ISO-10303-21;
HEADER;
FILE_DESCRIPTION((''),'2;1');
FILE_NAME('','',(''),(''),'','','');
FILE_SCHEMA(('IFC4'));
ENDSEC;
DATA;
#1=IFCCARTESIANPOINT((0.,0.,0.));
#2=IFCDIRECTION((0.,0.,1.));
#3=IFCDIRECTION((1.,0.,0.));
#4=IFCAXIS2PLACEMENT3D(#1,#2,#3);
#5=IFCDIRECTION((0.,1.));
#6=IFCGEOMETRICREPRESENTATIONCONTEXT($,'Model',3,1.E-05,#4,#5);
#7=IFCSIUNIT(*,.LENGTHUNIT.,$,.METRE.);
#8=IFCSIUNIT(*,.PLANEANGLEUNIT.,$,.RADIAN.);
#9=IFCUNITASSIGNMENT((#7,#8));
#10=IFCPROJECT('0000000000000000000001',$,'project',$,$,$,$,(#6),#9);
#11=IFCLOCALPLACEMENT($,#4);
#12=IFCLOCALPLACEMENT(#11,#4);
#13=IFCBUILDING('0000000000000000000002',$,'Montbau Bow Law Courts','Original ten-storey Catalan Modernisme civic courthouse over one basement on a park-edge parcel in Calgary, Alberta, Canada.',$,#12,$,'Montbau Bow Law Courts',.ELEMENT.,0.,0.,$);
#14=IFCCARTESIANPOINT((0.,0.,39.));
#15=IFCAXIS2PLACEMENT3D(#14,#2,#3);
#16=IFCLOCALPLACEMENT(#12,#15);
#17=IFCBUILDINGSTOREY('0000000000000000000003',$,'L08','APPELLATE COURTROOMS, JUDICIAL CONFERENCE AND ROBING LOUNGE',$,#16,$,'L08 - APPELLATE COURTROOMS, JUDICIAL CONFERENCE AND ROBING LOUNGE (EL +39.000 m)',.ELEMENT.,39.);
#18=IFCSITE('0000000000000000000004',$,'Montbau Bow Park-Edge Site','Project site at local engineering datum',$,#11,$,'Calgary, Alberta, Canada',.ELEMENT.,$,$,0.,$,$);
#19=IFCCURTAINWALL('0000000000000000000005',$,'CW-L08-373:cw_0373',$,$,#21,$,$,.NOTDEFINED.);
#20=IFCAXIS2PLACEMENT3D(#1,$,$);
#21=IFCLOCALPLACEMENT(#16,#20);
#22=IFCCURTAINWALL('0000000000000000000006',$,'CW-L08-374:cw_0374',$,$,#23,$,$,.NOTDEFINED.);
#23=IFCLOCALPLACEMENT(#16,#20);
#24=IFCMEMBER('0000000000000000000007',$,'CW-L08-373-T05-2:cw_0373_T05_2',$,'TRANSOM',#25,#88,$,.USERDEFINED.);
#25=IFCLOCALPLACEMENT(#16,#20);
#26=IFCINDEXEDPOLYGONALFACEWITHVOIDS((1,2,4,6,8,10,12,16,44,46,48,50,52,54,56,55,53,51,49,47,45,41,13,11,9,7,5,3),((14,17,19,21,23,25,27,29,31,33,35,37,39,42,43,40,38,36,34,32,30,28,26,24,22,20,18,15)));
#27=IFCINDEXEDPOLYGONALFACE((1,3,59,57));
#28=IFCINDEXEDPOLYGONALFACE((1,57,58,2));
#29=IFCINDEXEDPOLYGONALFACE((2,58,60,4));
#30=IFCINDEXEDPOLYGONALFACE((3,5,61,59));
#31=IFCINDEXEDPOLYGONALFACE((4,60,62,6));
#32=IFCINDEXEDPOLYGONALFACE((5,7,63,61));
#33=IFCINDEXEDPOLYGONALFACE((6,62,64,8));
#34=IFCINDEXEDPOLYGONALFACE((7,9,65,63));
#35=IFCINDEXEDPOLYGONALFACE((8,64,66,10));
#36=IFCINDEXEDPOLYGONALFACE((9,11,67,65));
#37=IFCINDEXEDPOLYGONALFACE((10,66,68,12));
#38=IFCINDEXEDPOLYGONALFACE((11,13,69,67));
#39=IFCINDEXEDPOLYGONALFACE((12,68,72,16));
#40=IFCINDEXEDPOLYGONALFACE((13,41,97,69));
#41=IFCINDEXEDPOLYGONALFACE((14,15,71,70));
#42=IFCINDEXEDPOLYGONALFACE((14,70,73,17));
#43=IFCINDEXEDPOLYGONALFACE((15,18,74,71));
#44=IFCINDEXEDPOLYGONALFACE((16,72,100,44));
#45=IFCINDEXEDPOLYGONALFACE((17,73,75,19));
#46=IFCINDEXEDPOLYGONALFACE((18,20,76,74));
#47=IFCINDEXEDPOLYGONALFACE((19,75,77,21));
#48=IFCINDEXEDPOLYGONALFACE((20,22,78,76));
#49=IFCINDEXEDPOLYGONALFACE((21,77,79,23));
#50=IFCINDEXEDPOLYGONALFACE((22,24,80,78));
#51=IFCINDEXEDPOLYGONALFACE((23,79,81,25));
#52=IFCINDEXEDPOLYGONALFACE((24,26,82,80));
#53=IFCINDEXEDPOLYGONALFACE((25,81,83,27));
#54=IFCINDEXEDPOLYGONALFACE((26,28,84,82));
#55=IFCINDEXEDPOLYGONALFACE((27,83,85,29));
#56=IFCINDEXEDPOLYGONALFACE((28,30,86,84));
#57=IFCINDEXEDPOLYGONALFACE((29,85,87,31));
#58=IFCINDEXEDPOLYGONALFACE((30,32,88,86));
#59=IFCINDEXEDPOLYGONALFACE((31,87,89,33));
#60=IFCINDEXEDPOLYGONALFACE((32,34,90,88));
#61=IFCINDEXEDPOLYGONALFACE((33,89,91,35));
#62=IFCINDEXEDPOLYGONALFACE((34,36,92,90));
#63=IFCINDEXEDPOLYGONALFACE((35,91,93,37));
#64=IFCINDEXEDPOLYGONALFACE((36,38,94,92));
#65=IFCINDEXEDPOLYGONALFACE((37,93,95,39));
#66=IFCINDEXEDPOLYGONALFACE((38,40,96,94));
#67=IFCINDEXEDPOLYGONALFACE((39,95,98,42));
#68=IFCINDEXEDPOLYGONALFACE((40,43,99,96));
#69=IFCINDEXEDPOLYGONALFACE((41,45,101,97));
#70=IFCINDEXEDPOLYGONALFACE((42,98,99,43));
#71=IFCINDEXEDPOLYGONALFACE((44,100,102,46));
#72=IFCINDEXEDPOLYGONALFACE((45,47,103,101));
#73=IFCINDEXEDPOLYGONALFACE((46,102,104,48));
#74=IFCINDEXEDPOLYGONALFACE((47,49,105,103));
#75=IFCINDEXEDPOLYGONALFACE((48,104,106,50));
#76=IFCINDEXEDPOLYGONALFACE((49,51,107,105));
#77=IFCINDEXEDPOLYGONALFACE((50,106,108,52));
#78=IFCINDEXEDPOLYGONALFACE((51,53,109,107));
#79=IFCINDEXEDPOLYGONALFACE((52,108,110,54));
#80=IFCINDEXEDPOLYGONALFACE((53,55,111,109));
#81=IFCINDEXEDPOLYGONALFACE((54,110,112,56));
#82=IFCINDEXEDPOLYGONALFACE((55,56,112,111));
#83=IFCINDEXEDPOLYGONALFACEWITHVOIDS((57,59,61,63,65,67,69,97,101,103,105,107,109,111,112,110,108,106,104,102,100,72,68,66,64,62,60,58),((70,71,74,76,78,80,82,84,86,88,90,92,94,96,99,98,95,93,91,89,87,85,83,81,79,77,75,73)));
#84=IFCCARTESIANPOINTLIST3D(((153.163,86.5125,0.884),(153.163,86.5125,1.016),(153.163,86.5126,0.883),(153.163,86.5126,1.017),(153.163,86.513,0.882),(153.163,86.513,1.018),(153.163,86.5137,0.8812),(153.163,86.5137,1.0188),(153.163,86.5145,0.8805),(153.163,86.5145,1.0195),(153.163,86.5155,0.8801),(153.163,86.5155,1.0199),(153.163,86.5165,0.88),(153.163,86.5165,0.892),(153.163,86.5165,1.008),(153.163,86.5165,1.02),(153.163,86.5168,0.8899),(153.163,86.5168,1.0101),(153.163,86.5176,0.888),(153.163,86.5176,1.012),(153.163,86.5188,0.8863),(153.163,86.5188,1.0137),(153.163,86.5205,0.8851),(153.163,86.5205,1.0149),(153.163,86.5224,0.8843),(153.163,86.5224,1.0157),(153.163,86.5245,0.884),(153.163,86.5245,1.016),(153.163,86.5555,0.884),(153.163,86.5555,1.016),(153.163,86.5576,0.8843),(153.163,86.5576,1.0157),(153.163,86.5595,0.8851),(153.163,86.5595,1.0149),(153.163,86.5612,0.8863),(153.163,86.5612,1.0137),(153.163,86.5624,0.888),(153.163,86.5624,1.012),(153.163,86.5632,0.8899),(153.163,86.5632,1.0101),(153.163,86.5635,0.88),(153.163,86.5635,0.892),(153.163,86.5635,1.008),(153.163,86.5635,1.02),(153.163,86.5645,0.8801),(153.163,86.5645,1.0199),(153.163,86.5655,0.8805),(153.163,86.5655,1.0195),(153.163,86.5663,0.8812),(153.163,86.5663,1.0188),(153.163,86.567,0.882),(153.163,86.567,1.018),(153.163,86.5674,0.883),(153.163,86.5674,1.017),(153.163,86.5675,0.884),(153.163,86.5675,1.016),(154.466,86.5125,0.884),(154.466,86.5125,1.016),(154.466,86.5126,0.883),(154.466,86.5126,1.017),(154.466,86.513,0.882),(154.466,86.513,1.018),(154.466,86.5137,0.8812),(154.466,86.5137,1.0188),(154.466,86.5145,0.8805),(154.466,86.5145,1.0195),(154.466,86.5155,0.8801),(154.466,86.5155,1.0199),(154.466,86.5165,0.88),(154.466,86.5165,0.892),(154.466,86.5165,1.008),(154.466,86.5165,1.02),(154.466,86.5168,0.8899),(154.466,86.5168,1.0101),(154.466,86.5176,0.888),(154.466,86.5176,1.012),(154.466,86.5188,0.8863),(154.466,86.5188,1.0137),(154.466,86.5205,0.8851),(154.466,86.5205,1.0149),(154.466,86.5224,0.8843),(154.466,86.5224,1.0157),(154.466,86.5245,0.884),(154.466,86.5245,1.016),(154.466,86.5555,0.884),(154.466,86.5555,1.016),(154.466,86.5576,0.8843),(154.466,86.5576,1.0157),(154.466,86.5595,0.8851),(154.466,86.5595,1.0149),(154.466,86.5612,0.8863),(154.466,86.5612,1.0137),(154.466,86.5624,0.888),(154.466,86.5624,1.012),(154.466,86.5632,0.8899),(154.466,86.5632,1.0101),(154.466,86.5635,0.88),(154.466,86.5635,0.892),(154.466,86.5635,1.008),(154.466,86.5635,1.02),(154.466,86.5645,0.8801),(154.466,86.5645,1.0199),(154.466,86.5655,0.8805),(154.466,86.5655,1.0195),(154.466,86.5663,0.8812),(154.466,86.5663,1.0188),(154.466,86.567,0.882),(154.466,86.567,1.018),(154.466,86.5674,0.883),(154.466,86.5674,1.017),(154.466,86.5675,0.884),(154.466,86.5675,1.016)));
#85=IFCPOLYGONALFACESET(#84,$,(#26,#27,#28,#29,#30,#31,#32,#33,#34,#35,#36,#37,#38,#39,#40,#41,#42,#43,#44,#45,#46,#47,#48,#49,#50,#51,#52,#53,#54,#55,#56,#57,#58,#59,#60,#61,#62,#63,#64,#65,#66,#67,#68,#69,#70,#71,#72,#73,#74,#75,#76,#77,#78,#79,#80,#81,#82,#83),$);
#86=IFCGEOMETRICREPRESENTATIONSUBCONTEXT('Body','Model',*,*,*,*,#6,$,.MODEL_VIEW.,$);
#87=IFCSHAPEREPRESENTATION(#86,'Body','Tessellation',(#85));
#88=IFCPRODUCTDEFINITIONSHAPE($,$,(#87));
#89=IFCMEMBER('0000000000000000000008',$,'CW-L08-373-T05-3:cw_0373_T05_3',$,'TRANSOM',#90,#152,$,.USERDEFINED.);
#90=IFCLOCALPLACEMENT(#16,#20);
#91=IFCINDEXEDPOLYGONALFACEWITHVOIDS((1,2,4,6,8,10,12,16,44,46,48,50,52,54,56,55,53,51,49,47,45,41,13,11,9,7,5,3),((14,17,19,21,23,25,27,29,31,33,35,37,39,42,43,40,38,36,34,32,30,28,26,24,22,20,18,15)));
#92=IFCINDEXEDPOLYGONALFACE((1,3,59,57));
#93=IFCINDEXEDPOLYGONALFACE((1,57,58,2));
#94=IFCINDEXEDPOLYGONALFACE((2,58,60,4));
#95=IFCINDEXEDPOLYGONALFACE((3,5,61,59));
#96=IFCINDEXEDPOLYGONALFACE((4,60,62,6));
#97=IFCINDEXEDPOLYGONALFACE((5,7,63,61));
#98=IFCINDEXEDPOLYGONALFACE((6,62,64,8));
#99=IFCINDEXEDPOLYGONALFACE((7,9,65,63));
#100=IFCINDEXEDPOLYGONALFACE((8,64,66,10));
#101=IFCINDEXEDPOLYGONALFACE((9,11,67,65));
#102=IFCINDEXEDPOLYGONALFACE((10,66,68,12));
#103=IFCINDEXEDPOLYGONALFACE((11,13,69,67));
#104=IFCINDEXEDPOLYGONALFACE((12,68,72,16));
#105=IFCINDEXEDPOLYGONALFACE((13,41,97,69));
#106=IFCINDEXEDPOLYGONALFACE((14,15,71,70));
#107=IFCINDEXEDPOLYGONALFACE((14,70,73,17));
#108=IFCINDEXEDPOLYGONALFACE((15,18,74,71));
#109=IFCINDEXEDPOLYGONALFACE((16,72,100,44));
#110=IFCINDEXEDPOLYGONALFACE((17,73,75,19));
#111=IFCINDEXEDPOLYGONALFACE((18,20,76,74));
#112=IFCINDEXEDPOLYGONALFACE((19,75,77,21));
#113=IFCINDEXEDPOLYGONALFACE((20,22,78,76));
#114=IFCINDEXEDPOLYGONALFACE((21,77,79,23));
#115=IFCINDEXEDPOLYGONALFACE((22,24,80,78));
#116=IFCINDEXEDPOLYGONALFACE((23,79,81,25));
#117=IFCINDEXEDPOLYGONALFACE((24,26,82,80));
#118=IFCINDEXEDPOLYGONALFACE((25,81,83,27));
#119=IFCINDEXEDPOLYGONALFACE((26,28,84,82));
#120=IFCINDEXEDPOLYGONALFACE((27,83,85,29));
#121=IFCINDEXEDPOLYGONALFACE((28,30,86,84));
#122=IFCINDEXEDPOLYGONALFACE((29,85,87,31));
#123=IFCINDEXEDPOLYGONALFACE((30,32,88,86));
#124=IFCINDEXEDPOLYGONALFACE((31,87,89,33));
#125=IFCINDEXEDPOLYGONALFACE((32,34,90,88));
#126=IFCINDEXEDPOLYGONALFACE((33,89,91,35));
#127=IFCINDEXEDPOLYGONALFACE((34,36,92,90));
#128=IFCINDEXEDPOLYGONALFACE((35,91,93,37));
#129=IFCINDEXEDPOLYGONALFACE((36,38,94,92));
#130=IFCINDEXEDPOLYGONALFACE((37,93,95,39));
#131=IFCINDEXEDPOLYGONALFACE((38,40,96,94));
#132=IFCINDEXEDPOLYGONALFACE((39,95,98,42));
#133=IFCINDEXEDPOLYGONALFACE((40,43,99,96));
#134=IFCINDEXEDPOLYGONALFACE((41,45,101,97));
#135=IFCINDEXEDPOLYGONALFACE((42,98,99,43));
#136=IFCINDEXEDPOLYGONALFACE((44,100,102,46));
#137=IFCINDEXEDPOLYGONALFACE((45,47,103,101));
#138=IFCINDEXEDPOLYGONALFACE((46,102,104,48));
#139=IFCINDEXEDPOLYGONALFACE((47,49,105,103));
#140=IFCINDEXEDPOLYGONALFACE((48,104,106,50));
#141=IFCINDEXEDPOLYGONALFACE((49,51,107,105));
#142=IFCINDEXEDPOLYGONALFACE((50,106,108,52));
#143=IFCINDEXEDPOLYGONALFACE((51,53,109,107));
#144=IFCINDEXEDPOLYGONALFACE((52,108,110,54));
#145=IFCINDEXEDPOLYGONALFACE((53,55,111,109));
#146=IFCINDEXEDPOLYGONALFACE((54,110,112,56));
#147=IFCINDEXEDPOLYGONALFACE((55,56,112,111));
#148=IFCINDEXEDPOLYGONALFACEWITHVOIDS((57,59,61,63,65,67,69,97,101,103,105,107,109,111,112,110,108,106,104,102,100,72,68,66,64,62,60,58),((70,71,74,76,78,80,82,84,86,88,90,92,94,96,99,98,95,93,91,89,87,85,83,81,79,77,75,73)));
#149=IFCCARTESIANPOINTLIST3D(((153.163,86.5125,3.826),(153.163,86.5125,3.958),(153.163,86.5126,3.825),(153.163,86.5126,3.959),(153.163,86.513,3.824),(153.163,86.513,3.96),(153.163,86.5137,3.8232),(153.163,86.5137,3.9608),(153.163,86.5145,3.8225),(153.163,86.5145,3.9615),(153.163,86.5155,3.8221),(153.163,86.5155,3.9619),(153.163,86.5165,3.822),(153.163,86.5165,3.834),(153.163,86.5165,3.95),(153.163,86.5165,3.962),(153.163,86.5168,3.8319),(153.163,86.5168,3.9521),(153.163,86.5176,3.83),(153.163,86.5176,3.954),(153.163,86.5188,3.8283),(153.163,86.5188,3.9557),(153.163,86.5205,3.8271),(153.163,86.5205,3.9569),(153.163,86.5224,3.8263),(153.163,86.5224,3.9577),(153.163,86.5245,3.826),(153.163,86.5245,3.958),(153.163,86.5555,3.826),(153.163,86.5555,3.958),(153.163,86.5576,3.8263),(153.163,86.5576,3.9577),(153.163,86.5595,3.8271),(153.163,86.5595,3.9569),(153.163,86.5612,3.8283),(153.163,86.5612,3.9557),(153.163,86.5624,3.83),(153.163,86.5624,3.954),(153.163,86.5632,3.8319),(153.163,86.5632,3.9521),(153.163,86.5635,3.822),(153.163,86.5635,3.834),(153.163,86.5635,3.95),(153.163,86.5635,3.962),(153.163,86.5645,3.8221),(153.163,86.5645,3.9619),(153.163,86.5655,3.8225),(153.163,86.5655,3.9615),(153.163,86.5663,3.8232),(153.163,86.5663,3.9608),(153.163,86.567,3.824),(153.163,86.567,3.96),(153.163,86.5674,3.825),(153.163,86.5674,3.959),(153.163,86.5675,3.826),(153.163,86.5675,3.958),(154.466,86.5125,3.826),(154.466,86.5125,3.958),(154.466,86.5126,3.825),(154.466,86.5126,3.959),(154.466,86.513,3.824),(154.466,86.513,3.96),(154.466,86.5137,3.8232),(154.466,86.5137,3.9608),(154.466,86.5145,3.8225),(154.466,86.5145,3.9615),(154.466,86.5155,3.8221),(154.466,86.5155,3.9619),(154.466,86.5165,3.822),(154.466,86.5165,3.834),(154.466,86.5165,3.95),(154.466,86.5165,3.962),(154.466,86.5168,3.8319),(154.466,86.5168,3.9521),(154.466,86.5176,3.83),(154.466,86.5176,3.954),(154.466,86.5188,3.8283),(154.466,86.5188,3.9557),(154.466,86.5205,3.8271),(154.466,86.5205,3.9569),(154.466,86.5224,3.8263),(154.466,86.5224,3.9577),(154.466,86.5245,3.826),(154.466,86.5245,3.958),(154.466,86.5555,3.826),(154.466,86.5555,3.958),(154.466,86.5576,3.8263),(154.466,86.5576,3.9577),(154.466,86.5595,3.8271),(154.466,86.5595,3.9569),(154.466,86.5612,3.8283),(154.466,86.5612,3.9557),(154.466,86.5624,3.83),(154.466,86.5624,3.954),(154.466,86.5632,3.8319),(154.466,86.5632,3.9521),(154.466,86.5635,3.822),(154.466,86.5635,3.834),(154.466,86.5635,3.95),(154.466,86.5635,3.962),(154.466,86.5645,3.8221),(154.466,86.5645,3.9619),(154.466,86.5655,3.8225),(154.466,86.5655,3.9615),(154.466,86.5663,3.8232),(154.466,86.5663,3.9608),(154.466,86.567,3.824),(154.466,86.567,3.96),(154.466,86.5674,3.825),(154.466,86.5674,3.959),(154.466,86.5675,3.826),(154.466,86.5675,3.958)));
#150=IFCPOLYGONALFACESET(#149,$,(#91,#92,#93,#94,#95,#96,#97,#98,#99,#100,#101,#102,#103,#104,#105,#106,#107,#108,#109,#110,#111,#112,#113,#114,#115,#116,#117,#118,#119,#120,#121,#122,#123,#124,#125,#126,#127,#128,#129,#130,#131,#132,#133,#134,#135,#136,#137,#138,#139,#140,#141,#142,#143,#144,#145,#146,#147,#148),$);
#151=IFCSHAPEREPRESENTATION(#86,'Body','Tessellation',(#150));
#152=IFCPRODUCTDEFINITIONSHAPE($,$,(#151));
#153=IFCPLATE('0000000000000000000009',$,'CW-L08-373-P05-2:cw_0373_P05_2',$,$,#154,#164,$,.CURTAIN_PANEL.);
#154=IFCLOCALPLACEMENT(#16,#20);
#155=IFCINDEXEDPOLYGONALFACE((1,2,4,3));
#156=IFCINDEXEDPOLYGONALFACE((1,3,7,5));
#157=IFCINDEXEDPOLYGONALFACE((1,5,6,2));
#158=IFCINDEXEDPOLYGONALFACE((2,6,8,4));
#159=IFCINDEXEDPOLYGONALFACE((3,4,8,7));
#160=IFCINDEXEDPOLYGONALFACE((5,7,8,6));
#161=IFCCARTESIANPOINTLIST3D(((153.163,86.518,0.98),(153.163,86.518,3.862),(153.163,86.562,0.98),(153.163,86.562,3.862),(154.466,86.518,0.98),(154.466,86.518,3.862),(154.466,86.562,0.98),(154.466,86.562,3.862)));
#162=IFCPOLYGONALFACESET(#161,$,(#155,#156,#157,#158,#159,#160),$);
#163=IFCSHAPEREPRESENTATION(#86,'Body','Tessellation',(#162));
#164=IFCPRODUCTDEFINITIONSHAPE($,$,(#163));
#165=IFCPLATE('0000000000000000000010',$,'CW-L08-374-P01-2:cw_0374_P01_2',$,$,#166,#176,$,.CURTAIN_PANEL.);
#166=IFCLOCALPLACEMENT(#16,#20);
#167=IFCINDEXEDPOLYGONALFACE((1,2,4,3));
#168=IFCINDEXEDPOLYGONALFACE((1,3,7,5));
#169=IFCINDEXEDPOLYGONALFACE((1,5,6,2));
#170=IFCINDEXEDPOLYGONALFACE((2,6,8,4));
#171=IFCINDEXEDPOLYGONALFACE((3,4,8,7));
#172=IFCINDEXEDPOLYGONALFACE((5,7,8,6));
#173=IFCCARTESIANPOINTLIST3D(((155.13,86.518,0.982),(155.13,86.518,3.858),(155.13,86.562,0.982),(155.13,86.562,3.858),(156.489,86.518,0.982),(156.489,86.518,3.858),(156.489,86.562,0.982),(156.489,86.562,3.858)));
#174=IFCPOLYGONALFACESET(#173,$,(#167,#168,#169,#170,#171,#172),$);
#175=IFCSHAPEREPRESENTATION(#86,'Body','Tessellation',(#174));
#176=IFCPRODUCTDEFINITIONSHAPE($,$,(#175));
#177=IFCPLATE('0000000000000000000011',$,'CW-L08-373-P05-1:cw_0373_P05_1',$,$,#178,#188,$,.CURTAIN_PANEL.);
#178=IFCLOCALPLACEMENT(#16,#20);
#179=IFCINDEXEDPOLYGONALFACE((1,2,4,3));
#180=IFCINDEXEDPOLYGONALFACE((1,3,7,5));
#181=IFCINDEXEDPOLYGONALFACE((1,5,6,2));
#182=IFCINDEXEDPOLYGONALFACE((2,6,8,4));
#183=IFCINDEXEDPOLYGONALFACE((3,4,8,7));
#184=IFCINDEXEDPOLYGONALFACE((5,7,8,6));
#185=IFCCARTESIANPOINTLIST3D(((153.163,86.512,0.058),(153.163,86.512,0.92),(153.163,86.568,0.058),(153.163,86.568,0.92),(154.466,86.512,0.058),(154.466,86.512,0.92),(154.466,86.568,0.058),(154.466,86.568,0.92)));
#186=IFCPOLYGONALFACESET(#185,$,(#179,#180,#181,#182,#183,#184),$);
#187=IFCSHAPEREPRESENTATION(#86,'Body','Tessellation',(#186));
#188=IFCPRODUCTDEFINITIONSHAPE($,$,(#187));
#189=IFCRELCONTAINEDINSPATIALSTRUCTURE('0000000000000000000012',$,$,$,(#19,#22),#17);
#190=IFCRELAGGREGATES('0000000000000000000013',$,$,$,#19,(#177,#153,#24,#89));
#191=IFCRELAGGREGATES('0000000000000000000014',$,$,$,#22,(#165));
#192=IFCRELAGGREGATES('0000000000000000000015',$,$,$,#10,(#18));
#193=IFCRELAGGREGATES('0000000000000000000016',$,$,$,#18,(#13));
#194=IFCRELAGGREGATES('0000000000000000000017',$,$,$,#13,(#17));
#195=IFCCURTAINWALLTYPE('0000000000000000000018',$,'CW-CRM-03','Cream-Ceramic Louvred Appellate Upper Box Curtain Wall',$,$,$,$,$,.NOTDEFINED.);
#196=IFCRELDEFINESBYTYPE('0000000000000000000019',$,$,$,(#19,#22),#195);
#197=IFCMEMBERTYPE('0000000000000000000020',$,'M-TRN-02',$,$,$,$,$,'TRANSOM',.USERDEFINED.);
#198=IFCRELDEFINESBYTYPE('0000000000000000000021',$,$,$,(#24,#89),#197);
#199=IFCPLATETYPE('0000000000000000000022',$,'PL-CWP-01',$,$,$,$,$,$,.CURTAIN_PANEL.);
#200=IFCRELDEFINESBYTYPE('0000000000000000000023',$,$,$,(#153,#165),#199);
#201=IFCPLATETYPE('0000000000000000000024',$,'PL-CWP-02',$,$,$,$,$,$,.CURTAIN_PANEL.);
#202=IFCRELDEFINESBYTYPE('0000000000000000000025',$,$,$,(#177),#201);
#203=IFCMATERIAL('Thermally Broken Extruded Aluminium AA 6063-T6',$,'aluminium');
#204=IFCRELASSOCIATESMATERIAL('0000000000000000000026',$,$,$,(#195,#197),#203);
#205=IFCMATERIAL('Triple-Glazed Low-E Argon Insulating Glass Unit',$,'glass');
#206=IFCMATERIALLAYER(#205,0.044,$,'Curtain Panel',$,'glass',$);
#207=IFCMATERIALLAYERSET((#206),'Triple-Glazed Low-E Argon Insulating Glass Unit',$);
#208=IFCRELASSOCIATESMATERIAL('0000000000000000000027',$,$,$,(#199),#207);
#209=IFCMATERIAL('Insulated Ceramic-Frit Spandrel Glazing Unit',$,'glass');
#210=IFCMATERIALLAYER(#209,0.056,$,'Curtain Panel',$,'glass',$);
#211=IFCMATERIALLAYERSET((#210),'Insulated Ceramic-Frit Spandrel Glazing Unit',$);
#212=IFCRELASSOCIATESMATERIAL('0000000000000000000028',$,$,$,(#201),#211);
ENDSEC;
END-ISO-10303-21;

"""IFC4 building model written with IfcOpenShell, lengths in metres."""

from ifc_helpers import new_model, si_unit, direction, frame, frame_2d, origin_with_axes, origin_2d_with_axis, place, context, subcontext, project, spatial, rectangle, hollow_rectangle, extrude, material, layer, layer_set, material_profile, profile_set, type_object, element, aggregate, save


model = new_model("IFC4")

# Units and contexts
model_context = context("Model", 3, precision=1e-05, world=origin_with_axes(), true_north=direction((0.0, 1.0)))
body_context = subcontext(model_context, "Body", "Model", "MODEL_VIEW")
ifc_project = project(units=[si_unit("LENGTHUNIT", "METRE"), si_unit("PLANEANGLEUNIT", "RADIAN")], contexts=[model_context])

# Site, building, storey
site_placement = place(None, origin_with_axes())
site = spatial("IfcSite", under=ifc_project, at=site_placement, Name="Montbau Bow Park-Edge Site", Description="Project site at local engineering datum", LongName="Calgary, Alberta, Canada", CompositionType="ELEMENT", RefElevation=0.0)
building_placement = place(site_placement, origin_with_axes())
building = spatial("IfcBuilding", under=site, at=building_placement, Name="Montbau Bow Law Courts", Description="Original ten-storey Catalan Modernisme civic courthouse over one basement on a park-edge parcel in Calgary, Alberta, Canada.", LongName="Montbau Bow Law Courts", CompositionType="ELEMENT", ElevationOfRefHeight=0.0, ElevationOfTerrain=0.0)
storey_placement = place(building_placement, frame((0.0, 0.0, 39.0), z_axis=(0.0, 0.0, 1.0), x_axis=(1.0, 0.0, 0.0)))
storey = spatial("IfcBuildingStorey", under=building, at=storey_placement, Name="L08", Description="APPELLATE COURTROOMS, JUDICIAL CONFERENCE AND ROBING LOUNGE", LongName="L08 - APPELLATE COURTROOMS, JUDICIAL CONFERENCE AND ROBING LOUNGE (EL +39.000 m)", CompositionType="ELEMENT", Elevation=39.0)

# Curtain wall
ifc_material_1 = material(Name="Thermally Broken Extruded Aluminium AA 6063-T6", Category="aluminium")
curtain_wall_type = type_object("IfcCurtainWallType", Name="CW-CRM-03", Description="Cream-Ceramic Louvred Appellate Upper Box Curtain Wall", PredefinedType="NOTDEFINED", material=ifc_material_1)
curtain_wall_1_placement = place(None, frame((147.515, 86.54, 39.0), z_axis=(0.0, 0.0, 1.0), x_axis=(1.0, 0.0, 0.0)))
curtain_wall_1 = element("IfcCurtainWall", 1, at=curtain_wall_1_placement, inside=storey, type_object=curtain_wall_type, Name="CW-L08-373:cw_0373", PredefinedType="NOTDEFINED")

# Curtain wall
curtain_wall_2_placement = place(None, frame((155.068, 86.54, 39.0), z_axis=(0.0, 0.0, 1.0), x_axis=(1.0, 0.0, 0.0)))
curtain_wall_2 = element("IfcCurtainWall", 2, at=curtain_wall_2_placement, inside=storey, type_object=curtain_wall_type, Name="CW-L08-374:cw_0374", PredefinedType="NOTDEFINED")

# Members
ifc_material_profile_1 = material_profile(ifc_material_1, hollow_rectangle(XDim=0.055, YDim=0.14, WallThickness=0.004, InnerFilletRadius=0.008, OuterFilletRadius=0.004, at=origin_2d_with_axis()), Name="CWT-140X55", Category="Main", Priority=0)
ifc_profile_set_1 = profile_set([ifc_material_profile_1], Name="Thermally Broken Extruded Aluminium AA 6063-T6")
member_type_1 = type_object("IfcMemberType", Name="M-TRN-02", ElementType="TRANSOM", PredefinedType="USERDEFINED", material=ifc_profile_set_1)
member_1_placement = place(None, frame((153.163, 86.54, 39.95), z_axis=(1.0, 0.0, 0.0), x_axis=(0.0, 1.0, 0.0)))
member_1 = element("IfcMember", 3, at=member_1_placement, type_object=member_type_1, Name="CW-L08-373-T05-2:cw_0373_T05_2", ObjectType="TRANSOM", PredefinedType="USERDEFINED", context=body_context, shape_type="SweptSolid", body=[
    extrude(hollow_rectangle(XDim=0.055, YDim=0.14, WallThickness=0.004, InnerFilletRadius=0.008, OuterFilletRadius=0.004, at=origin_2d_with_axis()), origin_with_axes(), (0.0, 0.0, 1.0), 1.303),
])
member_2_placement = place(None, frame((153.163, 86.54, 42.892), z_axis=(1.0, 0.0, 0.0), x_axis=(0.0, 1.0, 0.0)))
member_2 = element("IfcMember", 4, at=member_2_placement, type_object=member_type_1, Name="CW-L08-373-T05-3:cw_0373_T05_3", ObjectType="TRANSOM", PredefinedType="USERDEFINED", context=body_context, shape_type="SweptSolid", body=[
    extrude(hollow_rectangle(XDim=0.055, YDim=0.14, WallThickness=0.004, InnerFilletRadius=0.008, OuterFilletRadius=0.004, at=origin_2d_with_axis()), origin_with_axes(), (0.0, 0.0, 1.0), 1.303),
])

# Plates
ifc_material_2 = material(Name="Triple-Glazed Low-E Argon Insulating Glass Unit", Category="glass")
ifc_layer_1 = layer(ifc_material_2, 0.044, Name="Curtain Panel", Category="glass")
ifc_layer_set_1 = layer_set([ifc_layer_1], Name="Triple-Glazed Low-E Argon Insulating Glass Unit")
plate_type_1 = type_object("IfcPlateType", Name="PL-CWP-01", PredefinedType="CURTAIN_PANEL", material=ifc_layer_set_1)
plate_1_placement = place(None, frame((153.163, 86.54, 39.98), z_axis=(0.0, -1.0, 0.0), x_axis=(1.0, 0.0, 0.0)))
plate_1 = element("IfcPlate", 5, at=plate_1_placement, type_object=plate_type_1, Name="CW-L08-373-P05-2:cw_0373_P05_2", PredefinedType="CURTAIN_PANEL", context=body_context, shape_type="SweptSolid", body=[
    extrude(rectangle(XDim=1.303, YDim=2.882, at=frame_2d((0.6515, 1.441), x_axis=(1.0, 0.0))), frame((0.0, 0.0, -0.022), z_axis=(0.0, 0.0, 1.0), x_axis=(1.0, 0.0, 0.0)), (0.0, 0.0, 1.0), 0.044),
])
plate_2_placement = place(None, frame((155.13, 86.54, 39.982), z_axis=(0.0, -1.0, 0.0), x_axis=(1.0, 0.0, 0.0)))
plate_2 = element("IfcPlate", 6, at=plate_2_placement, type_object=plate_type_1, Name="CW-L08-374-P01-2:cw_0374_P01_2", PredefinedType="CURTAIN_PANEL", context=body_context, shape_type="SweptSolid", body=[
    extrude(rectangle(XDim=1.359, YDim=2.876, at=frame_2d((0.6795, 1.438), x_axis=(1.0, 0.0))), frame((0.0, 0.0, -0.022), z_axis=(0.0, 0.0, 1.0), x_axis=(1.0, 0.0, 0.0)), (0.0, 0.0, 1.0), 0.044),
])
ifc_material_3 = material(Name="Insulated Ceramic-Frit Spandrel Glazing Unit", Category="glass")
ifc_layer_2 = layer(ifc_material_3, 0.056, Name="Curtain Panel", Category="glass")
ifc_layer_set_2 = layer_set([ifc_layer_2], Name="Insulated Ceramic-Frit Spandrel Glazing Unit")
plate_type_2 = type_object("IfcPlateType", Name="PL-CWP-02", PredefinedType="CURTAIN_PANEL", material=ifc_layer_set_2)
plate_3_placement = place(None, frame((153.163, 86.54, 39.058), z_axis=(0.0, -1.0, 0.0), x_axis=(1.0, 0.0, 0.0)))
plate_3 = element("IfcPlate", 7, at=plate_3_placement, type_object=plate_type_2, Name="CW-L08-373-P05-1:cw_0373_P05_1", PredefinedType="CURTAIN_PANEL", context=body_context, shape_type="SweptSolid", body=[
    extrude(rectangle(XDim=1.303, YDim=0.862, at=frame_2d((0.6515, 0.431), x_axis=(1.0, 0.0))), frame((0.0, 0.0, -0.028), z_axis=(0.0, 0.0, 1.0), x_axis=(1.0, 0.0, 0.0)), (0.0, 0.0, 1.0), 0.056),
])
aggregate(curtain_wall_1, [plate_3, plate_1, member_1, member_2])
aggregate(curtain_wall_2, [plate_2])

save(model, "model.ifc")
